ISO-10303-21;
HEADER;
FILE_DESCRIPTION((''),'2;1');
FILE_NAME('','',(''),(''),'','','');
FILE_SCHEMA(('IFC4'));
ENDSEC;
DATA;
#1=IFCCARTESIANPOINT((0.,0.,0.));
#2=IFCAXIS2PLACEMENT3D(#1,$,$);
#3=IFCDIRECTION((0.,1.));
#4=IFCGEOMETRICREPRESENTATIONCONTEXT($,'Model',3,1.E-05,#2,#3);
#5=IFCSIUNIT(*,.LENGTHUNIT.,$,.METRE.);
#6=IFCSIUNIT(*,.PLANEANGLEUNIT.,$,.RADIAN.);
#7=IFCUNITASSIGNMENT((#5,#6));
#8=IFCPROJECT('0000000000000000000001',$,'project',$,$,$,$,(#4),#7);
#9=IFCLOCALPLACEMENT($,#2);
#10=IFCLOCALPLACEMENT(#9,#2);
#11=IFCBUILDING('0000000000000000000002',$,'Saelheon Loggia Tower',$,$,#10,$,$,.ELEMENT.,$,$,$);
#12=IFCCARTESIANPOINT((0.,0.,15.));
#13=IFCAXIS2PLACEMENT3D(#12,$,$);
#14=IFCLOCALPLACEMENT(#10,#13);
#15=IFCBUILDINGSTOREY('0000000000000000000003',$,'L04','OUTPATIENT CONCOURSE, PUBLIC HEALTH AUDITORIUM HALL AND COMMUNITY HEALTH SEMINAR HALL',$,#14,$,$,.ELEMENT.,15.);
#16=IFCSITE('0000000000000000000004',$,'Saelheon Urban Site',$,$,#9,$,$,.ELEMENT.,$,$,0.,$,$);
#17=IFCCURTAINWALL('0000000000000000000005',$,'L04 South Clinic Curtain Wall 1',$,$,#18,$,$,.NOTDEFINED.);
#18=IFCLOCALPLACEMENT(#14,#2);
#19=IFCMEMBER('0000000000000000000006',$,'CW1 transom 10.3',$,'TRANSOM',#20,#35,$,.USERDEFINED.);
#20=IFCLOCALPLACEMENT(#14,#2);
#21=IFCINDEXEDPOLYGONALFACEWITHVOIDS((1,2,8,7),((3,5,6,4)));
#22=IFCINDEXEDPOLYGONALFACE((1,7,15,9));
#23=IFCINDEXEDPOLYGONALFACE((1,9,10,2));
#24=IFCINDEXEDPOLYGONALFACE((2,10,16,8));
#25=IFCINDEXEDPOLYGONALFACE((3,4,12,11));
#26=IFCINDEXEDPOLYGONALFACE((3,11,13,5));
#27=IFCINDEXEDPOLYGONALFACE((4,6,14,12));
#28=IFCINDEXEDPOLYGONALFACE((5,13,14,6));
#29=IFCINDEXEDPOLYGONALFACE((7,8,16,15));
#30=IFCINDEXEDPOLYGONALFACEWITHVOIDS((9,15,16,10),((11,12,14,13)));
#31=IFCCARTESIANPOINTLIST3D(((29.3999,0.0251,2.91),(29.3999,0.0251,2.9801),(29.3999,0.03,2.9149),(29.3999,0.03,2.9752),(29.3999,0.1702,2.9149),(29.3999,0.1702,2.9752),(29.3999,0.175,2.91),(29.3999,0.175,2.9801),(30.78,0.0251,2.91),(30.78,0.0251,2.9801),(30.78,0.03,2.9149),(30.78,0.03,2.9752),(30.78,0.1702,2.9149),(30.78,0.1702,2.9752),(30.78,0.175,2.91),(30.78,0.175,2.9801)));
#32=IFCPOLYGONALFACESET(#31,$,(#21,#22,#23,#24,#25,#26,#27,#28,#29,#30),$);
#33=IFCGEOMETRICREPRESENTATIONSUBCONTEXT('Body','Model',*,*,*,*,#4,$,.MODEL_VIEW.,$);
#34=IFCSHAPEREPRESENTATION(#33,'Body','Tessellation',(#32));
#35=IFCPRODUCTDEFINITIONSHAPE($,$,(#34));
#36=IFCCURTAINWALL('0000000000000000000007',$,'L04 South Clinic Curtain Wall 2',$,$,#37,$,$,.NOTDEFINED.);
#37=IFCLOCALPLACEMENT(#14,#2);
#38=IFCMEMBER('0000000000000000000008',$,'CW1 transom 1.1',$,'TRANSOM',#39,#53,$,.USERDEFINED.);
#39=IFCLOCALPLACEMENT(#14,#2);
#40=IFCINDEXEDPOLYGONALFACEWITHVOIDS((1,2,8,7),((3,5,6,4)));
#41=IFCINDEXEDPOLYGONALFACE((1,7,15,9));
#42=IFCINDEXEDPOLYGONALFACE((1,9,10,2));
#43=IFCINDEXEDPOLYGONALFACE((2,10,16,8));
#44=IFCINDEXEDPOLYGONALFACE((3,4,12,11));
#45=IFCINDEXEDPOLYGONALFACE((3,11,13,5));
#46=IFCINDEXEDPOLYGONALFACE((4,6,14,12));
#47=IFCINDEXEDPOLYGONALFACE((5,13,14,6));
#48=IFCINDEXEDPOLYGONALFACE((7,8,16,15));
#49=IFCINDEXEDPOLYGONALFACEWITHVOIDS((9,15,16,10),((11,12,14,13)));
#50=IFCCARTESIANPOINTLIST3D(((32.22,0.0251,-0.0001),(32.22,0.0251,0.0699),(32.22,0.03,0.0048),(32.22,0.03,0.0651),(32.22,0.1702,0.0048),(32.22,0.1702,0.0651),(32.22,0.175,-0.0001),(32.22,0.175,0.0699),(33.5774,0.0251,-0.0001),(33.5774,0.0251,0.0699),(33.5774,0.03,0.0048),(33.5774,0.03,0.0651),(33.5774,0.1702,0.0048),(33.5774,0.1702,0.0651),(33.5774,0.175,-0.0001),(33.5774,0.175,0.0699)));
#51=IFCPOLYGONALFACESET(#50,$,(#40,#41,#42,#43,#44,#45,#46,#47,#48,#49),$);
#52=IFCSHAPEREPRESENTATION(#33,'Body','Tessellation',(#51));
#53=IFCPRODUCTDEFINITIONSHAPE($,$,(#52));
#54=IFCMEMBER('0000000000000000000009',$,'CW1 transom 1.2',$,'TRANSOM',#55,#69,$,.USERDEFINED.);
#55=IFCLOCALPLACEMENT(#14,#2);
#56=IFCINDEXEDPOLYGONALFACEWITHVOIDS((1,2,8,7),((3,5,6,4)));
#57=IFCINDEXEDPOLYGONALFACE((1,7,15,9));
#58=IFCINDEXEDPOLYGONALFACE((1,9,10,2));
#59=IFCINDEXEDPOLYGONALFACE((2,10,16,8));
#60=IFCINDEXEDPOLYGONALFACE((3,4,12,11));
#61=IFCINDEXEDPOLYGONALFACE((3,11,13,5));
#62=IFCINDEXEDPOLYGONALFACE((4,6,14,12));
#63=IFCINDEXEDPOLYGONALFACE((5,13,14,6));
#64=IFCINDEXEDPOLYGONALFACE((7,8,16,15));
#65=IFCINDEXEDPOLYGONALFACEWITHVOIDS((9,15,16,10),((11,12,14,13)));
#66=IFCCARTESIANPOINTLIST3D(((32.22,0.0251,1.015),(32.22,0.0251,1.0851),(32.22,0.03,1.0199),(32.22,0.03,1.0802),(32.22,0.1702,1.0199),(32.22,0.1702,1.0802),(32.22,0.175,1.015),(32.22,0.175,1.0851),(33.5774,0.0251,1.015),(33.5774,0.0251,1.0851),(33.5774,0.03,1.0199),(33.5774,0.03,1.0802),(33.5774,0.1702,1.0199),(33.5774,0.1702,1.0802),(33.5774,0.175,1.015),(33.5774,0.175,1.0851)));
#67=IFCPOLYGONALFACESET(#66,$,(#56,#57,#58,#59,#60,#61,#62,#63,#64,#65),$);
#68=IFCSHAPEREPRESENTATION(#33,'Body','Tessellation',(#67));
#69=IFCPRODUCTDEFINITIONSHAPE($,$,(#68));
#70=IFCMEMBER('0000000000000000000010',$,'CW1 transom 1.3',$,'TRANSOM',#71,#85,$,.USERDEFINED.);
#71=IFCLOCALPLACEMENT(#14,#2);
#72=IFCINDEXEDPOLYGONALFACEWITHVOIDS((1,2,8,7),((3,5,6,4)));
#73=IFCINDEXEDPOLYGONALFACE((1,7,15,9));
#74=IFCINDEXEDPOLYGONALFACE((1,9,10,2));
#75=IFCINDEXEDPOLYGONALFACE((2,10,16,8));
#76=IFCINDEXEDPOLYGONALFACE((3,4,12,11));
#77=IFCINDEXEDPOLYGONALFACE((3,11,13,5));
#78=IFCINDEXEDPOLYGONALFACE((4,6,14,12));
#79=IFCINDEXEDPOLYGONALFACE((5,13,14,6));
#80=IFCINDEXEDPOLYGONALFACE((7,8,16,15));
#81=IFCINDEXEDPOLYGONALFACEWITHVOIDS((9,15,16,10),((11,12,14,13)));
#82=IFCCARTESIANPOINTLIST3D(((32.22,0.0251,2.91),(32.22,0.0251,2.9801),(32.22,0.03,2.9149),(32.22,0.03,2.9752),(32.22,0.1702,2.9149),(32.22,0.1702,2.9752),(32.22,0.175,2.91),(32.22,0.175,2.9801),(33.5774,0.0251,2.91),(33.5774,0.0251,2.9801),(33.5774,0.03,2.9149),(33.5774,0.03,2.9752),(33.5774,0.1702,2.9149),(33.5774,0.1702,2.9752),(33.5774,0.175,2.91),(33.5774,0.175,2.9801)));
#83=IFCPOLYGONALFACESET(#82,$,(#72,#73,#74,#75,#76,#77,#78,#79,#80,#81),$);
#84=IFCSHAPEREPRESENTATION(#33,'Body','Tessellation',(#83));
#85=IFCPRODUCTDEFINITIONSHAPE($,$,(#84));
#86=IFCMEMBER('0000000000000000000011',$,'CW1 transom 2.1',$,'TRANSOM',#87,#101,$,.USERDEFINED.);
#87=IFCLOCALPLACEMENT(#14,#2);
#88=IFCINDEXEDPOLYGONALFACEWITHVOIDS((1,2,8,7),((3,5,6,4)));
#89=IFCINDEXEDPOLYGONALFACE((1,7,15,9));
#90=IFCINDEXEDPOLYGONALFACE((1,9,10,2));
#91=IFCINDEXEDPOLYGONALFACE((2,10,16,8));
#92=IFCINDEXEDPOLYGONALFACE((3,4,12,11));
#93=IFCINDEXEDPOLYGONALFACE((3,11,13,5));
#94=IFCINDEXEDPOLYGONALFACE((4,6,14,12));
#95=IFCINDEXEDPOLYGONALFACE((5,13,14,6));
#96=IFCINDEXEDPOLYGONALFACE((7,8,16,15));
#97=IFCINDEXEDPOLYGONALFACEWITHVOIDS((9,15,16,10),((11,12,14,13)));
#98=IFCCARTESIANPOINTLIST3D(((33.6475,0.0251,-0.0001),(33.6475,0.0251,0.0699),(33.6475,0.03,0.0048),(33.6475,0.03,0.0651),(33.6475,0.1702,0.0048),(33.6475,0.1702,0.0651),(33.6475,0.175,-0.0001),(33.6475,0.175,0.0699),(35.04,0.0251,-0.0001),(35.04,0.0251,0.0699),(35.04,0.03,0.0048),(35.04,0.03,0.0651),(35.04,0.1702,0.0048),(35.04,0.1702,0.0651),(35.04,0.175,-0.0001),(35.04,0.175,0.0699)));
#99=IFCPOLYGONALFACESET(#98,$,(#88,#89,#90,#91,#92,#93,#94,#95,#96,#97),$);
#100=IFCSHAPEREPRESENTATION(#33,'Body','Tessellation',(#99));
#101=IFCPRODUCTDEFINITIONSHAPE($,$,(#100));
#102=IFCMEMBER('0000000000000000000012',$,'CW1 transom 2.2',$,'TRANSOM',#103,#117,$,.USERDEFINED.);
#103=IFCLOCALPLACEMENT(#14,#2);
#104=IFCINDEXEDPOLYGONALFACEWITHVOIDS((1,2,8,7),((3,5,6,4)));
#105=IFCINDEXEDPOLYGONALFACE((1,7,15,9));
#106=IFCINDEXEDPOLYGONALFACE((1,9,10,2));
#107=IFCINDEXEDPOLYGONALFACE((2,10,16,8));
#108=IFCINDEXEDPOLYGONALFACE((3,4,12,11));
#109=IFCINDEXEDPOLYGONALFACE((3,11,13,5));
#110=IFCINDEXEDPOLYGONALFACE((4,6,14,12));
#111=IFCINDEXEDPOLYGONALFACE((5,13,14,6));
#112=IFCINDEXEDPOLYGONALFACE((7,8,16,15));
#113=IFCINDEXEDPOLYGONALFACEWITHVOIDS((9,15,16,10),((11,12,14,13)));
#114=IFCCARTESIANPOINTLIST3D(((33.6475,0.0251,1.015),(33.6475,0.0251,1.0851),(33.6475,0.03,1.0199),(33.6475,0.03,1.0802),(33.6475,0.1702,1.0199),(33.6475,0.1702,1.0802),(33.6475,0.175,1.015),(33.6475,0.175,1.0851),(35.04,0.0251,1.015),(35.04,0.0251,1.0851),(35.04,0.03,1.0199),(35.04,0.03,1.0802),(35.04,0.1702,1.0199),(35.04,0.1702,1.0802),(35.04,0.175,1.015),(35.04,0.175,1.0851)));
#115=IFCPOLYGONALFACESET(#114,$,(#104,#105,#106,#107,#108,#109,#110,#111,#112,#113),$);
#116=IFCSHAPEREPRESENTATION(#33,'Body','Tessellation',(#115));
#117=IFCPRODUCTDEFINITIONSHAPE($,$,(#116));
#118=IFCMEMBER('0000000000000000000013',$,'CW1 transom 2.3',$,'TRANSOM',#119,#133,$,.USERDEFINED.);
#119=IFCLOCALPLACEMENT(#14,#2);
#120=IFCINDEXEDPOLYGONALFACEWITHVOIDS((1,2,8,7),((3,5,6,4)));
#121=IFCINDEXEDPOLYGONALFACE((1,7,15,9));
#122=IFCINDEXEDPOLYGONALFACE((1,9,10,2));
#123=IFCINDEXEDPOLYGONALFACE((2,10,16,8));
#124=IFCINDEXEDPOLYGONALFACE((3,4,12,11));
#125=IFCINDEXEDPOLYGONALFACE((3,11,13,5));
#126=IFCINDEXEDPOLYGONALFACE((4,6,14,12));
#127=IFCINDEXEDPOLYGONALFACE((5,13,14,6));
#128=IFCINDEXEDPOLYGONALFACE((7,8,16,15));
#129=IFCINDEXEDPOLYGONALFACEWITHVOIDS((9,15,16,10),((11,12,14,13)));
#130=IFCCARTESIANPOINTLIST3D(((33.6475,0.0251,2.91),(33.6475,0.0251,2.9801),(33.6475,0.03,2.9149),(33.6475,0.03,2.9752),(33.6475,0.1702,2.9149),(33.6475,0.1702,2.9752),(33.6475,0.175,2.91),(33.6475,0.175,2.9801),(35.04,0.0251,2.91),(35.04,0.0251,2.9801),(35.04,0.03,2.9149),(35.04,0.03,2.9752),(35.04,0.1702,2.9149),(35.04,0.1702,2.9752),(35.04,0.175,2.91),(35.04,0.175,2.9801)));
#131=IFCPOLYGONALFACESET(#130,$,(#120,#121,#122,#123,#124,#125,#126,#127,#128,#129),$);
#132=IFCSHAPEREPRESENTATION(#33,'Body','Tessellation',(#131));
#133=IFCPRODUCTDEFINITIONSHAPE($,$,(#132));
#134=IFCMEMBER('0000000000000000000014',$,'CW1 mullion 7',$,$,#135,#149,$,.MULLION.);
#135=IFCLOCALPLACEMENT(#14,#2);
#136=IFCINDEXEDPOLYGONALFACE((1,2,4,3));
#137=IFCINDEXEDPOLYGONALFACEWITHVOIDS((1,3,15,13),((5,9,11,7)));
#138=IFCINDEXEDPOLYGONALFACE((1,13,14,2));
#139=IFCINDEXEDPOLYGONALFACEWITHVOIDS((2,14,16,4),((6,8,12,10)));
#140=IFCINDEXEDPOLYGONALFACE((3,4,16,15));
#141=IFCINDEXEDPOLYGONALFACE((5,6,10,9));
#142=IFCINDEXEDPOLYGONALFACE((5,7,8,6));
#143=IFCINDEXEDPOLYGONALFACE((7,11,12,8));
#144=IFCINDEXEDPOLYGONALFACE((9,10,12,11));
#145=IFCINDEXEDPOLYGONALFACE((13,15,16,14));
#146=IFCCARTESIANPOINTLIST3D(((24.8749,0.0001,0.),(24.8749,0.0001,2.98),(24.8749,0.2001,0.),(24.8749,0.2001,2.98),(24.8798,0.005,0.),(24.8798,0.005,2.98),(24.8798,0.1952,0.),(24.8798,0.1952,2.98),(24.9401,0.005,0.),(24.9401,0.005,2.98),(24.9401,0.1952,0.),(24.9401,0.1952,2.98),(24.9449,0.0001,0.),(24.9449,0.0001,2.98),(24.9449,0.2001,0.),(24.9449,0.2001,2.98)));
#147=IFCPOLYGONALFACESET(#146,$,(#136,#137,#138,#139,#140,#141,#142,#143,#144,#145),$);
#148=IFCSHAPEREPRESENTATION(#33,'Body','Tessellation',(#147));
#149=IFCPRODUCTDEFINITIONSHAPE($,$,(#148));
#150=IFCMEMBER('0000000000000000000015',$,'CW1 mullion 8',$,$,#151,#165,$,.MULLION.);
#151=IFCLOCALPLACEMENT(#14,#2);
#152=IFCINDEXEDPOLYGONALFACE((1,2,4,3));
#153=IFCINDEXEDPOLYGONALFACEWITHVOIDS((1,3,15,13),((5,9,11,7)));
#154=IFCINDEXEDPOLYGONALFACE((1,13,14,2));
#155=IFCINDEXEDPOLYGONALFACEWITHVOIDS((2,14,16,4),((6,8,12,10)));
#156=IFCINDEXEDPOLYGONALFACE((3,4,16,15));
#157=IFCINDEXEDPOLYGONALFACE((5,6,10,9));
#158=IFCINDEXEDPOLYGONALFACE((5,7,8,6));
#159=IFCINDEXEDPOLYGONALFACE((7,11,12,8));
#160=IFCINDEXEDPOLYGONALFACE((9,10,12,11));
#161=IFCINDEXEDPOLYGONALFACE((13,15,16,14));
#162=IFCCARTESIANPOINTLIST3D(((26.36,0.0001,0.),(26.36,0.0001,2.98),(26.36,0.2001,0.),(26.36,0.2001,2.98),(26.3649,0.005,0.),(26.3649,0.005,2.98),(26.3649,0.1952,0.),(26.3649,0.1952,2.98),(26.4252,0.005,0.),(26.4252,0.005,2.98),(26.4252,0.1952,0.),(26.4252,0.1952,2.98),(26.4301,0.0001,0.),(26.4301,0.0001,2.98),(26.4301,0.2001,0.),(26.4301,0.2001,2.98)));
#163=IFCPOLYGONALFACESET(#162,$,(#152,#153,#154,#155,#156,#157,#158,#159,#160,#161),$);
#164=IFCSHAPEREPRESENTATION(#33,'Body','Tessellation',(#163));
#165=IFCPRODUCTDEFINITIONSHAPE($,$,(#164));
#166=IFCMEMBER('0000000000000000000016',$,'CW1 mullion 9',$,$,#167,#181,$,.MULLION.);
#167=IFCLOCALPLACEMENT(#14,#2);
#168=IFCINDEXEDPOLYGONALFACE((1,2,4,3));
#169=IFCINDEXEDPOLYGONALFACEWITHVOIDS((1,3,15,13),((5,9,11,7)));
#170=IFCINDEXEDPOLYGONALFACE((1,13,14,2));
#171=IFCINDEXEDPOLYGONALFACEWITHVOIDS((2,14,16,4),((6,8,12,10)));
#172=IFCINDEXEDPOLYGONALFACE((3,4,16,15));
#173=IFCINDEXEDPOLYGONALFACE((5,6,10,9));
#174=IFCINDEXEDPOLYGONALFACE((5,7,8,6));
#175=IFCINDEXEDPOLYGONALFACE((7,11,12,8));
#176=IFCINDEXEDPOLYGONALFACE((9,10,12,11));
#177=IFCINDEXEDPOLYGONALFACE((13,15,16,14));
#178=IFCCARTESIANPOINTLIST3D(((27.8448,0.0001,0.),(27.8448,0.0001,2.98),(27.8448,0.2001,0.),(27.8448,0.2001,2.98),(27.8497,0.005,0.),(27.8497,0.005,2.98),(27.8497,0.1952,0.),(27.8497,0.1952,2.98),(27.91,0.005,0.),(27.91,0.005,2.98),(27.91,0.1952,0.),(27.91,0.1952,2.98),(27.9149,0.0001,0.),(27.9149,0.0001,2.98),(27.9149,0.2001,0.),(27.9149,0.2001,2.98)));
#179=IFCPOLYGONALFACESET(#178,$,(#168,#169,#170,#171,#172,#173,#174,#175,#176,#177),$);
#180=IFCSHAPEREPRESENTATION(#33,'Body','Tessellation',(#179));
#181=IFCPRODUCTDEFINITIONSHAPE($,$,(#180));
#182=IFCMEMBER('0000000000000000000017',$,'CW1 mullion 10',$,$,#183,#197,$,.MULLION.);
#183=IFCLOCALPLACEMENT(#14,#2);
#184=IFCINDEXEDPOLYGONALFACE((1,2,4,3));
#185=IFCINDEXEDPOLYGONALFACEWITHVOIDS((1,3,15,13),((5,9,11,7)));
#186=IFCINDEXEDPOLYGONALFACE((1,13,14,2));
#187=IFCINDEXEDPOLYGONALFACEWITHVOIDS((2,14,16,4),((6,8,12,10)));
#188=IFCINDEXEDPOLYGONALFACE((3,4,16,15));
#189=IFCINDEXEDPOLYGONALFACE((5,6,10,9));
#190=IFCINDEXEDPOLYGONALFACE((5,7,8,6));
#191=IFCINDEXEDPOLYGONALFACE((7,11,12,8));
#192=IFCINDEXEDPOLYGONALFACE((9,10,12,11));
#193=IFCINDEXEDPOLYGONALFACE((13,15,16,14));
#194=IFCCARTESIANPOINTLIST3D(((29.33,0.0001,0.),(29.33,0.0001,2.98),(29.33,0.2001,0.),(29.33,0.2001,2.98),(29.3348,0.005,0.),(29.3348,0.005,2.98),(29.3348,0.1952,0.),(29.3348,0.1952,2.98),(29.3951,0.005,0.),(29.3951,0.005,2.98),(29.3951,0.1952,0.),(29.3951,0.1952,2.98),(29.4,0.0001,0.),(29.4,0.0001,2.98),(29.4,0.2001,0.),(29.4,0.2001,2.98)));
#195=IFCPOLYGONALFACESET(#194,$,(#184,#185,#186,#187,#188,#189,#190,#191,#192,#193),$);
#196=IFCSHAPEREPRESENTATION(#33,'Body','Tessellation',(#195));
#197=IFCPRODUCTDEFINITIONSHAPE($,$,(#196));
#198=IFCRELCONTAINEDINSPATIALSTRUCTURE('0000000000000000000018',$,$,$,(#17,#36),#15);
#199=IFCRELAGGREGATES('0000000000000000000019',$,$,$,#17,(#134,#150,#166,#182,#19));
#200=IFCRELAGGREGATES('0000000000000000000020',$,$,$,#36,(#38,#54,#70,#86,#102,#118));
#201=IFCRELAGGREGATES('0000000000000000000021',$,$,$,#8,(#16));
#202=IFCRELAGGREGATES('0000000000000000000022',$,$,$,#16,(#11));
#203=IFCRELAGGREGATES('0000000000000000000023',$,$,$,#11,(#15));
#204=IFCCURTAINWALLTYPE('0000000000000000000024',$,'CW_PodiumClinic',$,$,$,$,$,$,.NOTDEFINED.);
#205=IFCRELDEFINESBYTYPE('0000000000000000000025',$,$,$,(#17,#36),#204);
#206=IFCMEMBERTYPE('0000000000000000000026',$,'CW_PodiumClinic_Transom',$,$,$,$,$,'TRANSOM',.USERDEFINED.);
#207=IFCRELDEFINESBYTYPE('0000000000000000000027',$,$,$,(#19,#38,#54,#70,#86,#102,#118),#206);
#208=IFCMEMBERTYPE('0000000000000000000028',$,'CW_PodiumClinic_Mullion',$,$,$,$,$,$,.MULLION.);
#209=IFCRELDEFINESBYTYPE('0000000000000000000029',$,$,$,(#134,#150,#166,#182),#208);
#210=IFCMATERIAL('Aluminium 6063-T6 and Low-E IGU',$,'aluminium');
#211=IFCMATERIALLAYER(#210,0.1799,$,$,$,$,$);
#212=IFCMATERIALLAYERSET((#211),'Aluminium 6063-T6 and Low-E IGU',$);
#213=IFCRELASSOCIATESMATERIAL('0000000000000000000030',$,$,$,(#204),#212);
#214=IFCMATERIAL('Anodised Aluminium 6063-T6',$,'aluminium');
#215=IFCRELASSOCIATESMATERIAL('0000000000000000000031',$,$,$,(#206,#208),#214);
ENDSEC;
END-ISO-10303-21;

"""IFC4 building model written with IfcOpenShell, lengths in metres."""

from ifc_helpers import new_model, si_unit, direction, frame, origin, origin_2d, place, context, subcontext, project, spatial, hollow_rectangle, extrude, source, transform, mapped, material, layer, layer_set, material_profile, profile_set, type_object, element, aggregate, save


model = new_model("IFC4")

# Units and contexts
model_context = context("Model", 3, precision=1e-05, world=origin(), true_north=direction((0.0, 1.0)))
body_context = subcontext(model_context, "Body", "Model", "MODEL_VIEW")
ifc_project = project(units=[si_unit("LENGTHUNIT", "METRE"), si_unit("PLANEANGLEUNIT", "RADIAN")], contexts=[model_context])

# Site, building, storey
site_placement = place(None, origin())
site = spatial("IfcSite", under=ifc_project, at=site_placement, Name="Saelheon Urban Site", CompositionType="ELEMENT", RefElevation=0.0)
building_placement = place(site_placement, origin())
building = spatial("IfcBuilding", under=site, at=building_placement, Name="Saelheon Loggia Tower", CompositionType="ELEMENT")
storey_placement = place(building_placement, frame((0.0, 0.0, 15.0)))
storey = spatial("IfcBuildingStorey", under=building, at=storey_placement, Name="L04", Description="OUTPATIENT CONCOURSE, PUBLIC HEALTH AUDITORIUM HALL AND COMMUNITY HEALTH SEMINAR HALL", CompositionType="ELEMENT", Elevation=15.0)

# Curtain walls, members
ifc_material_1 = material(Name="Aluminium 6063-T6 and Low-E IGU", Category="aluminium")
ifc_layer_1 = layer(ifc_material_1, 0.1799)
ifc_layer_set_1 = layer_set([ifc_layer_1], Name="Aluminium 6063-T6 and Low-E IGU")
curtain_wall_type = type_object("IfcCurtainWallType", Name="CW_PodiumClinic", PredefinedType="NOTDEFINED", material=ifc_layer_set_1)
curtain_wall_1_placement = place(storey_placement, origin())
curtain_wall_1 = element("IfcCurtainWall", 1, at=curtain_wall_1_placement, inside=storey, type_object=curtain_wall_type, Name="L04 South Clinic Curtain Wall 1", PredefinedType="NOTDEFINED")
ifc_material_2 = material(Name="Anodised Aluminium 6063-T6", Category="aluminium")
ifc_material_profile_1 = material_profile(ifc_material_2, hollow_rectangle(XDim=0.0701, YDim=0.1499, WallThickness=0.0049, at=origin_2d()), Name="RHS-150x70x5")
ifc_profile_set_1 = profile_set([ifc_material_profile_1], Name="Anodised Aluminium 6063-T6")
member_type_1 = type_object("IfcMemberType", Name="CW_PodiumClinic_Transom", ElementType="TRANSOM", PredefinedType="USERDEFINED", material=ifc_profile_set_1)
shared_shape_1 = source(origin(), body_context, "Body", "SweptSolid", [
    extrude(hollow_rectangle(XDim=0.0701, YDim=0.1499, WallThickness=0.0049, at=origin_2d()), origin(), (0.0, 0.0, 1.0), 1.3801),
])
member_1_placement = place(storey_placement, frame((29.3999, 0.1001, 2.9451), z_axis=(1.0, 0.0, 0.0), x_axis=(0.0, 0.0, 1.0)))
member_1 = element("IfcMember", 2, at=member_1_placement, type_object=member_type_1, Name="CW1 transom 10.3", ObjectType="TRANSOM", PredefinedType="USERDEFINED", context=body_context, shape_type="MappedRepresentation", body=[
    mapped(shared_shape_1, transform((0.0, 0.0, 0.0), scale=1.0)),
])
curtain_wall_2_placement = place(storey_placement, origin())
curtain_wall_2 = element("IfcCurtainWall", 3, at=curtain_wall_2_placement, inside=storey, type_object=curtain_wall_type, Name="L04 South Clinic Curtain Wall 2", PredefinedType="NOTDEFINED")
shared_shape_2 = source(origin(), body_context, "Body", "SweptSolid", [
    extrude(hollow_rectangle(XDim=0.0701, YDim=0.1499, WallThickness=0.0049, at=origin_2d()), origin(), (0.0, 0.0, 1.0), 1.3574),
])
member_2_placement = place(storey_placement, frame((32.22, 0.1001, 0.0349), z_axis=(1.0, 0.0, 0.0), x_axis=(0.0, 0.0, 1.0)))
member_2 = element("IfcMember", 4, at=member_2_placement, type_object=member_type_1, Name="CW1 transom 1.1", ObjectType="TRANSOM", PredefinedType="USERDEFINED", context=body_context, shape_type="MappedRepresentation", body=[
    mapped(shared_shape_2, transform((0.0, 0.0, 0.0), scale=1.0)),
])
member_3_placement = place(storey_placement, frame((32.22, 0.1001, 1.05), z_axis=(1.0, 0.0, 0.0), x_axis=(0.0, 0.0, 1.0)))
member_3 = element("IfcMember", 5, at=member_3_placement, type_object=member_type_1, Name="CW1 transom 1.2", ObjectType="TRANSOM", PredefinedType="USERDEFINED", context=body_context, shape_type="MappedRepresentation", body=[
    mapped(shared_shape_2, transform((0.0, 0.0, 0.0), scale=1.0)),
])
member_4_placement = place(storey_placement, frame((32.22, 0.1001, 2.9451), z_axis=(1.0, 0.0, 0.0), x_axis=(0.0, 0.0, 1.0)))
member_4 = element("IfcMember", 6, at=member_4_placement, type_object=member_type_1, Name="CW1 transom 1.3", ObjectType="TRANSOM", PredefinedType="USERDEFINED", context=body_context, shape_type="MappedRepresentation", body=[
    mapped(shared_shape_2, transform((0.0, 0.0, 0.0), scale=1.0)),
])
shared_shape_3 = source(origin(), body_context, "Body", "SweptSolid", [
    extrude(hollow_rectangle(XDim=0.0701, YDim=0.1499, WallThickness=0.0049, at=origin_2d()), origin(), (0.0, 0.0, 1.0), 1.3926),
])
member_5_placement = place(storey_placement, frame((33.6475, 0.1001, 0.0349), z_axis=(1.0, 0.0, 0.0), x_axis=(0.0, 0.0, 1.0)))
member_5 = element("IfcMember", 7, at=member_5_placement, type_object=member_type_1, Name="CW1 transom 2.1", ObjectType="TRANSOM", PredefinedType="USERDEFINED", context=body_context, shape_type="MappedRepresentation", body=[
    mapped(shared_shape_3, transform((0.0, 0.0, 0.0), scale=1.0)),
])
member_6_placement = place(storey_placement, frame((33.6475, 0.1001, 1.05), z_axis=(1.0, 0.0, 0.0), x_axis=(0.0, 0.0, 1.0)))
member_6 = element("IfcMember", 8, at=member_6_placement, type_object=member_type_1, Name="CW1 transom 2.2", ObjectType="TRANSOM", PredefinedType="USERDEFINED", context=body_context, shape_type="MappedRepresentation", body=[
    mapped(shared_shape_3, transform((0.0, 0.0, 0.0), scale=1.0)),
])
member_7_placement = place(storey_placement, frame((33.6475, 0.1001, 2.9451), z_axis=(1.0, 0.0, 0.0), x_axis=(0.0, 0.0, 1.0)))
member_7 = element("IfcMember", 9, at=member_7_placement, type_object=member_type_1, Name="CW1 transom 2.3", ObjectType="TRANSOM", PredefinedType="USERDEFINED", context=body_context, shape_type="MappedRepresentation", body=[
    mapped(shared_shape_3, transform((0.0, 0.0, 0.0), scale=1.0)),
])

# Members
ifc_material_profile_2 = material_profile(ifc_material_2, hollow_rectangle(XDim=0.0701, YDim=0.2, WallThickness=0.0049, at=origin_2d()), Name="RHS-200x70x5")
ifc_profile_set_2 = profile_set([ifc_material_profile_2], Name="Anodised Aluminium 6063-T6")
member_type_2 = type_object("IfcMemberType", Name="CW_PodiumClinic_Mullion", PredefinedType="MULLION", material=ifc_profile_set_2)
shared_shape_4 = source(origin(), body_context, "Body", "SweptSolid", [
    extrude(hollow_rectangle(XDim=0.0701, YDim=0.2, WallThickness=0.0049, at=origin_2d()), origin(), (0.0, 0.0, 1.0), 2.98),
])
member_8_placement = place(storey_placement, frame((24.9099, 0.1001, 0.0), z_axis=(0.0, 0.0, 1.0), x_axis=(1.0, 0.0, 0.0)))
member_8 = element("IfcMember", 10, at=member_8_placement, type_object=member_type_2, Name="CW1 mullion 7", PredefinedType="MULLION", context=body_context, shape_type="MappedRepresentation", body=[
    mapped(shared_shape_4, transform((0.0, 0.0, 0.0), scale=1.0)),
])
member_9_placement = place(storey_placement, frame((26.395, 0.1001, 0.0), z_axis=(0.0, 0.0, 1.0), x_axis=(1.0, 0.0, 0.0)))
member_9 = element("IfcMember", 11, at=member_9_placement, type_object=member_type_2, Name="CW1 mullion 8", PredefinedType="MULLION", context=body_context, shape_type="MappedRepresentation", body=[
    mapped(shared_shape_4, transform((0.0, 0.0, 0.0), scale=1.0)),
])
member_10_placement = place(storey_placement, frame((27.8799, 0.1001, 0.0), z_axis=(0.0, 0.0, 1.0), x_axis=(1.0, 0.0, 0.0)))
member_10 = element("IfcMember", 12, at=member_10_placement, type_object=member_type_2, Name="CW1 mullion 9", PredefinedType="MULLION", context=body_context, shape_type="MappedRepresentation", body=[
    mapped(shared_shape_4, transform((0.0, 0.0, 0.0), scale=1.0)),
])
member_11_placement = place(storey_placement, frame((29.365, 0.1001, 0.0), z_axis=(0.0, 0.0, 1.0), x_axis=(1.0, 0.0, 0.0)))
member_11 = element("IfcMember", 13, at=member_11_placement, type_object=member_type_2, Name="CW1 mullion 10", PredefinedType="MULLION", context=body_context, shape_type="MappedRepresentation", body=[
    mapped(shared_shape_4, transform((0.0, 0.0, 0.0), scale=1.0)),
])

aggregate(curtain_wall_1, [member_8, member_9, member_10, member_11, member_1])
aggregate(curtain_wall_2, [member_2, member_3, member_4, member_5, member_6, member_7])

save(model, "model.ifc")
